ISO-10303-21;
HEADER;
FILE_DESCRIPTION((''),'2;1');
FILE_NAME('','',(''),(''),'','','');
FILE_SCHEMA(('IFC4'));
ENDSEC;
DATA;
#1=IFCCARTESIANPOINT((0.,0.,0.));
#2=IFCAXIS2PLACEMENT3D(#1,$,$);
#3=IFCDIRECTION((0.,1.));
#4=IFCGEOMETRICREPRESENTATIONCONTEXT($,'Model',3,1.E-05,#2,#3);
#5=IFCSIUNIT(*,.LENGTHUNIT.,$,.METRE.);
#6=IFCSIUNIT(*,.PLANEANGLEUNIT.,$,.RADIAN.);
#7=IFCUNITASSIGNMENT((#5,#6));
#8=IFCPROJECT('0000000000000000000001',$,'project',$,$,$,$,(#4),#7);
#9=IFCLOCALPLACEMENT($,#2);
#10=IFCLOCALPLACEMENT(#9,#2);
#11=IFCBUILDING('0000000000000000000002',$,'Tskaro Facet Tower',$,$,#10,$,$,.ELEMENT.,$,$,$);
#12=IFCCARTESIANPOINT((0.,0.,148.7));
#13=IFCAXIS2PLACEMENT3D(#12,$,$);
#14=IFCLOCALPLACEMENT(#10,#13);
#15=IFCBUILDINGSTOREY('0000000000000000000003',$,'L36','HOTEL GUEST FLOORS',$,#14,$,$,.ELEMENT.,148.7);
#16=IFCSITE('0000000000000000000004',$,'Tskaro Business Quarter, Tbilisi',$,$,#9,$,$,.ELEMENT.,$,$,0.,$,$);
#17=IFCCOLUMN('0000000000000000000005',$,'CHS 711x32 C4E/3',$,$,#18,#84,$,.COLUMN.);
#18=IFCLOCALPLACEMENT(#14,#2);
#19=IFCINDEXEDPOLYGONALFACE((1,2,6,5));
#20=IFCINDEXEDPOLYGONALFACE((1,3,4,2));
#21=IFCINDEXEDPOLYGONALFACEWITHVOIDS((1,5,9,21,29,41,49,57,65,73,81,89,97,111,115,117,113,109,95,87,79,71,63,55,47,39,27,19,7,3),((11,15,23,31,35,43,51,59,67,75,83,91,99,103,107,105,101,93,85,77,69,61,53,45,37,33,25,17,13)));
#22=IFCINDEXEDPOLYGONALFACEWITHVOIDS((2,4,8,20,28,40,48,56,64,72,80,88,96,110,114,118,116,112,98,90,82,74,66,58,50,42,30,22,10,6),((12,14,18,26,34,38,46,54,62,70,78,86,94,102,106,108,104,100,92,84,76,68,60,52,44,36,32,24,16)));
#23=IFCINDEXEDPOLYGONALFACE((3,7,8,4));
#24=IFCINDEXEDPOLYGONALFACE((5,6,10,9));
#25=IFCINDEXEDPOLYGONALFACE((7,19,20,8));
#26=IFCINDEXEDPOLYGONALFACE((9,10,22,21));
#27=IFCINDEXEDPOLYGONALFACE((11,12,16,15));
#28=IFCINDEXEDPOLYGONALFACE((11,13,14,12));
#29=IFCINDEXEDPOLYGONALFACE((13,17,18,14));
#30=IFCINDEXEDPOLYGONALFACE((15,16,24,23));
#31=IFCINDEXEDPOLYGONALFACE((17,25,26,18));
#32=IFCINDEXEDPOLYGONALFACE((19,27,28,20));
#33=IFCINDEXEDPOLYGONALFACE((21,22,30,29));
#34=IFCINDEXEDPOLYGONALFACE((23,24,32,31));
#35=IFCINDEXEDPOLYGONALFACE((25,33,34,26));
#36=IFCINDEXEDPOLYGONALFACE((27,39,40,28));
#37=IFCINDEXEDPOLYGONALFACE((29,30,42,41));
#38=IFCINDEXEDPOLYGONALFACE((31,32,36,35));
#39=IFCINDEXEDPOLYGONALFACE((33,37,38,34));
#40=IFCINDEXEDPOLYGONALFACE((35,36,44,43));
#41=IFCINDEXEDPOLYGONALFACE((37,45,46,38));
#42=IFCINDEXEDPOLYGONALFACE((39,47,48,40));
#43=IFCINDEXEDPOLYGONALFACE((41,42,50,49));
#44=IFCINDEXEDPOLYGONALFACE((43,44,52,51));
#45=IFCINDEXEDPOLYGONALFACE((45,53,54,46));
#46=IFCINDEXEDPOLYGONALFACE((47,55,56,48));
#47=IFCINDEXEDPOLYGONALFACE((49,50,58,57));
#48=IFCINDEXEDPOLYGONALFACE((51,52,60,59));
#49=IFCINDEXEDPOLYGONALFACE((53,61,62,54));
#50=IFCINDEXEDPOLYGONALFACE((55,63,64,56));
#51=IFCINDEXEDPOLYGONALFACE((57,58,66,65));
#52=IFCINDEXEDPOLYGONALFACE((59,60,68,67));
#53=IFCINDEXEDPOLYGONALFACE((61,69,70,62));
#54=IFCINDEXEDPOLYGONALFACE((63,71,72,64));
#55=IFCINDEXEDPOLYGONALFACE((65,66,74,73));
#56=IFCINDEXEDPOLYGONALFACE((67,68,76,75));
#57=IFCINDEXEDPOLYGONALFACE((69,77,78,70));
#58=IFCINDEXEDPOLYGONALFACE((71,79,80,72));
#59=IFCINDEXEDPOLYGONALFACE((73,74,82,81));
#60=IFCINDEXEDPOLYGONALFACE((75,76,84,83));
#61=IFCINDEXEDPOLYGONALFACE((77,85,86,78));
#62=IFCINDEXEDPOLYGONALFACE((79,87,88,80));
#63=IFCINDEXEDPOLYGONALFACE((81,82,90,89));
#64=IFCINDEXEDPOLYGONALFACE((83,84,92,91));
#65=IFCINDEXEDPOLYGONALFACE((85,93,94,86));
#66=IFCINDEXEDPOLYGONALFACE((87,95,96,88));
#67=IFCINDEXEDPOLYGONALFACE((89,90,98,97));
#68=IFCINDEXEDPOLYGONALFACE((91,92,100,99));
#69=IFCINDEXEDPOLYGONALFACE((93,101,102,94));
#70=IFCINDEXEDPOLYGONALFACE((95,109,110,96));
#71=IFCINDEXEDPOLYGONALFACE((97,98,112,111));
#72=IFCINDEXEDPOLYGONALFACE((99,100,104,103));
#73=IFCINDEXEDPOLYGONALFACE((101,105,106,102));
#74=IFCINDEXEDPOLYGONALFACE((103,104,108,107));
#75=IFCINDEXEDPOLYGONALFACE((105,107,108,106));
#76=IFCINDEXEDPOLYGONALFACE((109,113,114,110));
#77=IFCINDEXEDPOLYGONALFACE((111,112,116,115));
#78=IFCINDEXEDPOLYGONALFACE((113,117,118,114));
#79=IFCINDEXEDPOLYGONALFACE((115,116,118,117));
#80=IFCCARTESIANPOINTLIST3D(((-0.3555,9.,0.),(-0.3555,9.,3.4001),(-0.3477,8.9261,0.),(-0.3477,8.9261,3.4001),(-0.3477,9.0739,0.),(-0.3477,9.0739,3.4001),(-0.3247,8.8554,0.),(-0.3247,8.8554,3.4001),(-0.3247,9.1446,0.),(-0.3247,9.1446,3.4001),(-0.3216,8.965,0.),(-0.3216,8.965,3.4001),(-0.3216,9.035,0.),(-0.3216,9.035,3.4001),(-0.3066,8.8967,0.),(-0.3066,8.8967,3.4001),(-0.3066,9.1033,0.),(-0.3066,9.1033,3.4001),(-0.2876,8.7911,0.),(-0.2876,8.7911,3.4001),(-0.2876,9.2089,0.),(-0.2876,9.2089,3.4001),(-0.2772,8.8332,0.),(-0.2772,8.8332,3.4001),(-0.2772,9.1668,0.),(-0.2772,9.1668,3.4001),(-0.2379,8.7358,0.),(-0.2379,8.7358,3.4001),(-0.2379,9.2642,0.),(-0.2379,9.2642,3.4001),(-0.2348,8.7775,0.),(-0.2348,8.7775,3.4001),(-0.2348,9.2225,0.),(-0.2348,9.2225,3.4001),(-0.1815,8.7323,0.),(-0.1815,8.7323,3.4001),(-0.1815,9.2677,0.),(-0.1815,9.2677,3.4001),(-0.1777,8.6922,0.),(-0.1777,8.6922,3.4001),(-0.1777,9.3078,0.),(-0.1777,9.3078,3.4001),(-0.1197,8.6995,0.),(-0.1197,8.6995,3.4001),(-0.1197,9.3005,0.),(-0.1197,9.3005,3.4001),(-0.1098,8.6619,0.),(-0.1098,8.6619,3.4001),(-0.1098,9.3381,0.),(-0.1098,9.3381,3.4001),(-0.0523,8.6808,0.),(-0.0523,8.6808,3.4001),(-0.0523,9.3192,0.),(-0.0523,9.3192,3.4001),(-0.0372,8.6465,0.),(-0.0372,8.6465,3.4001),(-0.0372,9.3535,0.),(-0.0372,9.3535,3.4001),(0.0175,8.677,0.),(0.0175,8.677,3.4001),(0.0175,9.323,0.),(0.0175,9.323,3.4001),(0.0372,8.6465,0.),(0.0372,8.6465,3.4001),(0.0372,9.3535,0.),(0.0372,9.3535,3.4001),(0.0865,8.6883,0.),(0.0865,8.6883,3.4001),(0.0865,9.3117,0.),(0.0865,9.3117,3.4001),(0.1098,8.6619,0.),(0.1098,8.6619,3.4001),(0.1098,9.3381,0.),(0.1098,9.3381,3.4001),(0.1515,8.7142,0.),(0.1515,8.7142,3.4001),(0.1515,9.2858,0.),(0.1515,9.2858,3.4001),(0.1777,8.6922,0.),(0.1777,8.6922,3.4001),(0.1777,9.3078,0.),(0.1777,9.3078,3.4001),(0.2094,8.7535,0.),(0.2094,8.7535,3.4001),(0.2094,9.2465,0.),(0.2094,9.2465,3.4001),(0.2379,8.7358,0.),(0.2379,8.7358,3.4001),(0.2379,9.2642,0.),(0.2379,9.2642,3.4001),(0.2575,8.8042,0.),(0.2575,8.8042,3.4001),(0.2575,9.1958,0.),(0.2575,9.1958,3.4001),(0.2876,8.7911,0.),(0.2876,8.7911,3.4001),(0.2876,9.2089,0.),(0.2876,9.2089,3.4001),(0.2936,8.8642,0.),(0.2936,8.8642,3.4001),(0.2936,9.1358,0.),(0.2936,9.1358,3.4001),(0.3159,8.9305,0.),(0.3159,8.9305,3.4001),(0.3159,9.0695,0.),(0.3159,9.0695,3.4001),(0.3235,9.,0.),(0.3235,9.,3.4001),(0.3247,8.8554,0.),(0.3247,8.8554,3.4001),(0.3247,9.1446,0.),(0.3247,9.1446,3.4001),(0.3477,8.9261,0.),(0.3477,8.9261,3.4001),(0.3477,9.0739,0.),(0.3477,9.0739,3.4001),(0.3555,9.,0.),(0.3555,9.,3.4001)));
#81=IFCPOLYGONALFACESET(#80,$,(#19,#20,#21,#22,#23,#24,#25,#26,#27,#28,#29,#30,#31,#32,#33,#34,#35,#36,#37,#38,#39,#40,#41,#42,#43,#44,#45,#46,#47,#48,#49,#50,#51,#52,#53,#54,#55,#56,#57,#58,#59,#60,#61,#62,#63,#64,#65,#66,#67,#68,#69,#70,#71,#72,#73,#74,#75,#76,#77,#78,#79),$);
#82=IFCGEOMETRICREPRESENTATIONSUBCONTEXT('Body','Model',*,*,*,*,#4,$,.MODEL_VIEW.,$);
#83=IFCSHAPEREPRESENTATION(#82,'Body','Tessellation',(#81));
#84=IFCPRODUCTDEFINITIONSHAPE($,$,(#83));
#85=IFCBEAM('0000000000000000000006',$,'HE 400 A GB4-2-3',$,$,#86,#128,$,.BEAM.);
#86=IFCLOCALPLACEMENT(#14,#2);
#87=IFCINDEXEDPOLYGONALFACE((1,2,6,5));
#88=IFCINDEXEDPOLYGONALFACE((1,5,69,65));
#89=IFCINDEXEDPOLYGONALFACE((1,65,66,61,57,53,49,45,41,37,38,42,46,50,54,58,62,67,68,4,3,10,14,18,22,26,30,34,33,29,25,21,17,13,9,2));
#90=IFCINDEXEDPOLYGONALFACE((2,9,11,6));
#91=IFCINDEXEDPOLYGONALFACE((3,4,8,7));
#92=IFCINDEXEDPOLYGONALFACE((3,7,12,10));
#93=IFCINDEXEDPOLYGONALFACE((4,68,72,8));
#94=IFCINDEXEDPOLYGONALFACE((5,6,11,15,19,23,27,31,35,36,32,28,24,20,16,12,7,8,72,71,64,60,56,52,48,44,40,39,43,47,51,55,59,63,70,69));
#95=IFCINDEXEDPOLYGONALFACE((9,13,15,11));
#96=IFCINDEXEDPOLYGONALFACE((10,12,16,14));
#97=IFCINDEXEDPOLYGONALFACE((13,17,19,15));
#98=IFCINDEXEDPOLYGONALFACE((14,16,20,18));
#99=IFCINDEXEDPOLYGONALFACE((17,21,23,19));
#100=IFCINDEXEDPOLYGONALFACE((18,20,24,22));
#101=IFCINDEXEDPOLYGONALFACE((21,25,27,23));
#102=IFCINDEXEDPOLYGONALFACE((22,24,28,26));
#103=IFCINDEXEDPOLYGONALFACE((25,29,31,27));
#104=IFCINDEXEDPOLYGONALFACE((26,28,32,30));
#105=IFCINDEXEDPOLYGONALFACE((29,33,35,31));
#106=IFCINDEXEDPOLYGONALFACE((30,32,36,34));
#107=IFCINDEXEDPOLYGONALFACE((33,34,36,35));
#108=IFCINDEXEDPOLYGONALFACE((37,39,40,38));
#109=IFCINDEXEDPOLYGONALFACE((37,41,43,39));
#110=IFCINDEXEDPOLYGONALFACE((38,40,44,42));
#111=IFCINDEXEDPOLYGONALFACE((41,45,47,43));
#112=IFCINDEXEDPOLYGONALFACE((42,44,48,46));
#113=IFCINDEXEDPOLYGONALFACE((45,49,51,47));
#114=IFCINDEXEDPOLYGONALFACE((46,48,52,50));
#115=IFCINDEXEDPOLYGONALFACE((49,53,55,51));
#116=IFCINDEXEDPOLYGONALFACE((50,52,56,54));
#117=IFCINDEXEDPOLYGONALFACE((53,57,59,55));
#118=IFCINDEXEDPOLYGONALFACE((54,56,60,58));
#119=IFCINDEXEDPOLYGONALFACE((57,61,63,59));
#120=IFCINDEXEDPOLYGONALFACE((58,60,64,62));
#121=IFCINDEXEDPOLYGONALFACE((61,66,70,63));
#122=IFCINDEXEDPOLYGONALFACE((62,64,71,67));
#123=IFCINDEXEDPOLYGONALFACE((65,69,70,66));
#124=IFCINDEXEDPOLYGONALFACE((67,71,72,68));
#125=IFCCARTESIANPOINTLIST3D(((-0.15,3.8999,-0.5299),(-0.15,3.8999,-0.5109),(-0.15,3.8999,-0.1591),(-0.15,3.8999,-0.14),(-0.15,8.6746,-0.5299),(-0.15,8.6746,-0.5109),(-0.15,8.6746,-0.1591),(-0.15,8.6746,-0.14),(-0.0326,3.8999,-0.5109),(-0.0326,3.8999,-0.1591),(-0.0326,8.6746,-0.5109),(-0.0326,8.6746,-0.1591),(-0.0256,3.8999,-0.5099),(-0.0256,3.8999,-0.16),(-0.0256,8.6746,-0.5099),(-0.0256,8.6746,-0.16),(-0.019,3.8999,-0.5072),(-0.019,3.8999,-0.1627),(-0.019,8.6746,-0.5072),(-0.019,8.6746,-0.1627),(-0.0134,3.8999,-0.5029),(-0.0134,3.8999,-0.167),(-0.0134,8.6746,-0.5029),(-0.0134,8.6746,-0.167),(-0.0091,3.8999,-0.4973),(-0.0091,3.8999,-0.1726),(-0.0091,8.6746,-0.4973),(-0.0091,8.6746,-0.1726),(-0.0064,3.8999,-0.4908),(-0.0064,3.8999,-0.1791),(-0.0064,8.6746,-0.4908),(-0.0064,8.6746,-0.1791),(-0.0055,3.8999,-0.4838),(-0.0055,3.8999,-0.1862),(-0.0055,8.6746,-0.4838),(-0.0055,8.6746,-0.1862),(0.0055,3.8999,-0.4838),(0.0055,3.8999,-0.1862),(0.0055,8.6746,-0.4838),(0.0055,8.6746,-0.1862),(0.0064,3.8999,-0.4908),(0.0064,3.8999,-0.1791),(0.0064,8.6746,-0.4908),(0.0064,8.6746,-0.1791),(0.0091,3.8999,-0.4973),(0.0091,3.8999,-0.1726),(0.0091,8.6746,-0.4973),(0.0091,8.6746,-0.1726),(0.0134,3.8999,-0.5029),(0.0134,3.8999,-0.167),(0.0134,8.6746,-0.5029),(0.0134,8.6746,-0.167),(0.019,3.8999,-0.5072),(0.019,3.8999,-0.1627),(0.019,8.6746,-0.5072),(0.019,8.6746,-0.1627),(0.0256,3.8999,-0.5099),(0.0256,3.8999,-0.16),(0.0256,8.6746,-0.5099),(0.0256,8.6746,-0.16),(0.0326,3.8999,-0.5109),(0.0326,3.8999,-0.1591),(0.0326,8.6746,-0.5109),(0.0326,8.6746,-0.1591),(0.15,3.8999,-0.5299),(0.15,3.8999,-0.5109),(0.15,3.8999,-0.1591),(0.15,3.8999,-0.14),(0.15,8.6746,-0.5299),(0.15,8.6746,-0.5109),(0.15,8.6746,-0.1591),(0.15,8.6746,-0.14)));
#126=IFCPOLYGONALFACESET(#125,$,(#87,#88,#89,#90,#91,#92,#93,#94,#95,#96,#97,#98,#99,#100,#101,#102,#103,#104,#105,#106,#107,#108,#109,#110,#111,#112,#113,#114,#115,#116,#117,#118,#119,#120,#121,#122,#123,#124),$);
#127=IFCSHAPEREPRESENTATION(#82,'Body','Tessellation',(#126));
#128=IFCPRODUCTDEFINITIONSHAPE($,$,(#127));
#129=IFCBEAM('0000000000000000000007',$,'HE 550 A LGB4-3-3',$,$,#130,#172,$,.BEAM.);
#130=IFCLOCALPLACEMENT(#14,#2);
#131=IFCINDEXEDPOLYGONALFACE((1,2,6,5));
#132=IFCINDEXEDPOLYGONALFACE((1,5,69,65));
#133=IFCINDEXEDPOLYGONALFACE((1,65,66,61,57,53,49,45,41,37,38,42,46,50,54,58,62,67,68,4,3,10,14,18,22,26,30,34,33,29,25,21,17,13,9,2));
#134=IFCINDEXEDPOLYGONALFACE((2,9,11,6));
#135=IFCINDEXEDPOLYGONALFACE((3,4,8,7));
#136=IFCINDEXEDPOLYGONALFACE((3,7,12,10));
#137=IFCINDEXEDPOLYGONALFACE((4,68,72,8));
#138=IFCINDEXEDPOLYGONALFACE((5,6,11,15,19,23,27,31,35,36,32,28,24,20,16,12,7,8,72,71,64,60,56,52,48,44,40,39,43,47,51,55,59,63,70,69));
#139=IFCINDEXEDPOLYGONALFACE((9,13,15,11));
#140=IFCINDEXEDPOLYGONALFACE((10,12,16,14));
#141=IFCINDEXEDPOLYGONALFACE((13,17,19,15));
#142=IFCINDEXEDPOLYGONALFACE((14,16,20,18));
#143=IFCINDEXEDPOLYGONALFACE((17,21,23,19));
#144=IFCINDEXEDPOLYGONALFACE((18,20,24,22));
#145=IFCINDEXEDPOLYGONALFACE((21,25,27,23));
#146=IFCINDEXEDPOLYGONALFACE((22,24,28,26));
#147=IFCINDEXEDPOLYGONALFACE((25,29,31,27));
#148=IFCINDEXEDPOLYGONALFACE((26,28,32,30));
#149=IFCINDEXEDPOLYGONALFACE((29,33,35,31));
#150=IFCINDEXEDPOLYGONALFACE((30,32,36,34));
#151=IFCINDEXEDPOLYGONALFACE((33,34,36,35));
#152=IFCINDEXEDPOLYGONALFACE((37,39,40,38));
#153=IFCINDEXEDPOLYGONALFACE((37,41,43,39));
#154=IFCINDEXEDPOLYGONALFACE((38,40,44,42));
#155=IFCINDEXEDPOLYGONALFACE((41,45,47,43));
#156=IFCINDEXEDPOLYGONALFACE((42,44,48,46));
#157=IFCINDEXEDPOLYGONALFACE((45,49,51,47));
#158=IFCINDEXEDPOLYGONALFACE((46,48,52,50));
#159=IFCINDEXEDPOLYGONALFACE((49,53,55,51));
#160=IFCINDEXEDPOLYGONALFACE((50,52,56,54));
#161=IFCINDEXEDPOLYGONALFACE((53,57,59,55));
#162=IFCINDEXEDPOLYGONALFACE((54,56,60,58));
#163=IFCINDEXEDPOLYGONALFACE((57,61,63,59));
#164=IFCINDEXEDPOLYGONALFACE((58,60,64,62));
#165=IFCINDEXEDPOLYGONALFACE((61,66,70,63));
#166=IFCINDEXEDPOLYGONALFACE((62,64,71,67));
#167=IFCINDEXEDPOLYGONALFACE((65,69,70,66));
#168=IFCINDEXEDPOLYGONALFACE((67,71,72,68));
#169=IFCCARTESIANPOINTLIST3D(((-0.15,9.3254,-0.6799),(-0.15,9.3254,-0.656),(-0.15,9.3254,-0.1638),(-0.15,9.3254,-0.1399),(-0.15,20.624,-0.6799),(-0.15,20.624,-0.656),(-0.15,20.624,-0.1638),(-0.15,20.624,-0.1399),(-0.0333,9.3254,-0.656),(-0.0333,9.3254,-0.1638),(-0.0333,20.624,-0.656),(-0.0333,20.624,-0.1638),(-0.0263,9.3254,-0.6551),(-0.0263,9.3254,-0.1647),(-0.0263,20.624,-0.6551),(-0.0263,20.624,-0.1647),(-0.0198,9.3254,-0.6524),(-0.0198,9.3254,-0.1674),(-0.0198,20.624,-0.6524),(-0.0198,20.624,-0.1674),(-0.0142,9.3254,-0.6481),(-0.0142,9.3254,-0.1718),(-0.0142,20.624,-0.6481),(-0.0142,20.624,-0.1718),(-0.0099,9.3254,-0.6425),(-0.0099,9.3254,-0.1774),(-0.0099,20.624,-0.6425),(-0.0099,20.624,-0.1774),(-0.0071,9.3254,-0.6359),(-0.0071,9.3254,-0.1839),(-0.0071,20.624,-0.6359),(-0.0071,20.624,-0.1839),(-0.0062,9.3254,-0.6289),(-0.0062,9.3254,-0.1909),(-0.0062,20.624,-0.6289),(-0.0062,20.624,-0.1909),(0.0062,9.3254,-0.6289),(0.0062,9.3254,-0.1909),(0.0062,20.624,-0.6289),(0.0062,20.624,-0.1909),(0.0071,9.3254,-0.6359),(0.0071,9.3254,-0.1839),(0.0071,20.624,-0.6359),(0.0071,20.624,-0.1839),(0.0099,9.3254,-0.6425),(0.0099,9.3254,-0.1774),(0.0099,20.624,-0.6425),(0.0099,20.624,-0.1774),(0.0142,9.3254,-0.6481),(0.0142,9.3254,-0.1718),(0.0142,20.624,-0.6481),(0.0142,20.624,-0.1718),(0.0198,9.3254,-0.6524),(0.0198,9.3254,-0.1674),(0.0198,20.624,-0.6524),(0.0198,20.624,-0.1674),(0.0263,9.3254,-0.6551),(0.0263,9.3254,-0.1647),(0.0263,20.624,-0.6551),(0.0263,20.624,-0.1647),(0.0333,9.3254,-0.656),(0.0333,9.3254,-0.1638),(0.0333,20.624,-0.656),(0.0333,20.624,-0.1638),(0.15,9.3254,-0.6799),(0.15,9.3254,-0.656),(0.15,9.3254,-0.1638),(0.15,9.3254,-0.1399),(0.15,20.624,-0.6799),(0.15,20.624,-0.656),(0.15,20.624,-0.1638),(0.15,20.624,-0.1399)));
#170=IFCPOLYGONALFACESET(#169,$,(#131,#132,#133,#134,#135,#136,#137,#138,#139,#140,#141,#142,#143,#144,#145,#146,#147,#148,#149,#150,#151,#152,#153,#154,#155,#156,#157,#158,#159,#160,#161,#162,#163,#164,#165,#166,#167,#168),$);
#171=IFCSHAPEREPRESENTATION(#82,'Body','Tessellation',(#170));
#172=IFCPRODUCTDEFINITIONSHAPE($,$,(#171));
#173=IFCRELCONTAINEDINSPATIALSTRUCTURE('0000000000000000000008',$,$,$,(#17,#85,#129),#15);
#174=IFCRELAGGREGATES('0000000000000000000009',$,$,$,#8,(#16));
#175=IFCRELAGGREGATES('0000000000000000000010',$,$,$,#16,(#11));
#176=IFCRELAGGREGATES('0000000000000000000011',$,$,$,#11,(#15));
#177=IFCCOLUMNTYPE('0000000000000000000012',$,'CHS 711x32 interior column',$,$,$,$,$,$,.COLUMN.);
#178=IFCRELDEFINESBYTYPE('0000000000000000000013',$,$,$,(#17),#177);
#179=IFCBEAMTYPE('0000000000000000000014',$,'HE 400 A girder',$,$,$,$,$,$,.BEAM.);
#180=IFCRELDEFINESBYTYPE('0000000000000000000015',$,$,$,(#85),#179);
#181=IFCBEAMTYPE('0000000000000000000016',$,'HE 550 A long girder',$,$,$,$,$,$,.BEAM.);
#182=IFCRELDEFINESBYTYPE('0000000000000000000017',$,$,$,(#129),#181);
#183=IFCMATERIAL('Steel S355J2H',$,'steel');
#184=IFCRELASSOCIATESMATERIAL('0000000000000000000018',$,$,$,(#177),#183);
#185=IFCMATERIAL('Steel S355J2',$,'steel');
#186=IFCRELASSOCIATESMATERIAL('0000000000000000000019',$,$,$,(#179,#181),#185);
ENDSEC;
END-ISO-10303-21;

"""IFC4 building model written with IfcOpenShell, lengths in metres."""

from ifc_helpers import new_model, si_unit, direction, frame, origin, origin_2d, place, context, subcontext, project, spatial, hollow_circle, i_section, extrude, material, material_profile, profile_set, type_object, element, save


model = new_model("IFC4")

# Units and contexts
model_context = context("Model", 3, precision=1e-05, world=origin(), true_north=direction((0.0, 1.0)))
body_context = subcontext(model_context, "Body", "Model", "MODEL_VIEW")
ifc_project = project(units=[si_unit("LENGTHUNIT", "METRE"), si_unit("PLANEANGLEUNIT", "RADIAN")], contexts=[model_context])

# Site, building, storey
site_placement = place(None, origin())
site = spatial("IfcSite", under=ifc_project, at=site_placement, Name="Tskaro Business Quarter, Tbilisi", CompositionType="ELEMENT", RefElevation=0.0)
building_placement = place(site_placement, origin())
building = spatial("IfcBuilding", under=site, at=building_placement, Name="Tskaro Facet Tower", CompositionType="ELEMENT")
storey_placement = place(building_placement, frame((0.0, 0.0, 148.7)))
storey = spatial("IfcBuildingStorey", under=building, at=storey_placement, Name="L36", Description="HOTEL GUEST FLOORS", CompositionType="ELEMENT", Elevation=148.7)

# Column
ifc_material_1 = material(Name="Steel S355J2H", Category="steel")
ifc_material_profile_1 = material_profile(ifc_material_1, hollow_circle(Radius=0.3555, WallThickness=0.032, at=origin_2d()), Name="CHS 711x32")
ifc_profile_set_1 = profile_set([ifc_material_profile_1], Name="Steel S355J2H")
column_type = type_object("IfcColumnType", Name="CHS 711x32 interior column", PredefinedType="COLUMN", material=ifc_profile_set_1)
column_placement = place(storey_placement, frame((0.0, 9.0, 0.0), z_axis=(0.0, 0.0, 1.0), x_axis=(1.0, 0.0, 0.0)))
element("IfcColumn", 1, at=column_placement, inside=storey, type_object=column_type, Name="CHS 711x32 C4E/3", PredefinedType="COLUMN", context=body_context, shape_type="SweptSolid", body=[
    extrude(hollow_circle(Radius=0.3555, WallThickness=0.032, at=origin_2d()), origin(), (0.0, 0.0, 1.0), 3.4001),
])

# Beams
ifc_material_2 = material(Name="Steel S355J2", Category="steel")
ifc_material_profile_2 = material_profile(ifc_material_2, i_section(OverallWidth=0.3, OverallDepth=0.3899, WebThickness=0.011, FlangeThickness=0.019, FilletRadius=0.0271, at=origin_2d()), Name="HE 400 A")
ifc_profile_set_2 = profile_set([ifc_material_profile_2], Name="Steel S355J2")
beam_type_1 = type_object("IfcBeamType", Name="HE 400 A girder", PredefinedType="BEAM", material=ifc_profile_set_2)
beam_1_placement = place(storey_placement, frame((0.0, 3.8999, -0.335), z_axis=(0.0, 1.0, 0.0), x_axis=(-1.0, 0.0, 0.0)))
element("IfcBeam", 2, at=beam_1_placement, inside=storey, type_object=beam_type_1, Name="HE 400 A GB4-2-3", PredefinedType="BEAM", context=body_context, shape_type="SweptSolid", body=[
    extrude(i_section(OverallWidth=0.3, OverallDepth=0.3899, WebThickness=0.011, FlangeThickness=0.019, FilletRadius=0.0271, at=origin_2d()), origin(), (0.0, 0.0, 1.0), 4.7747),
])
ifc_material_profile_3 = material_profile(ifc_material_2, i_section(OverallWidth=0.3, OverallDepth=0.54, WebThickness=0.0125, FlangeThickness=0.0239, FilletRadius=0.0271, at=origin_2d()), Name="HE 550 A")
ifc_profile_set_3 = profile_set([ifc_material_profile_3], Name="Steel S355J2")
beam_type_2 = type_object("IfcBeamType", Name="HE 550 A long girder", PredefinedType="BEAM", material=ifc_profile_set_3)
beam_2_placement = place(storey_placement, frame((0.0, 9.3254, -0.4099), z_axis=(0.0, 1.0, 0.0), x_axis=(-1.0, 0.0, 0.0)))
element("IfcBeam", 3, at=beam_2_placement, inside=storey, type_object=beam_type_2, Name="HE 550 A LGB4-3-3", PredefinedType="BEAM", context=body_context, shape_type="SweptSolid", body=[
    extrude(i_section(OverallWidth=0.3, OverallDepth=0.54, WebThickness=0.0125, FlangeThickness=0.0239, FilletRadius=0.0271, at=origin_2d()), origin(), (0.0, 0.0, 1.0), 11.2986),
])

save(model, "model.ifc")
